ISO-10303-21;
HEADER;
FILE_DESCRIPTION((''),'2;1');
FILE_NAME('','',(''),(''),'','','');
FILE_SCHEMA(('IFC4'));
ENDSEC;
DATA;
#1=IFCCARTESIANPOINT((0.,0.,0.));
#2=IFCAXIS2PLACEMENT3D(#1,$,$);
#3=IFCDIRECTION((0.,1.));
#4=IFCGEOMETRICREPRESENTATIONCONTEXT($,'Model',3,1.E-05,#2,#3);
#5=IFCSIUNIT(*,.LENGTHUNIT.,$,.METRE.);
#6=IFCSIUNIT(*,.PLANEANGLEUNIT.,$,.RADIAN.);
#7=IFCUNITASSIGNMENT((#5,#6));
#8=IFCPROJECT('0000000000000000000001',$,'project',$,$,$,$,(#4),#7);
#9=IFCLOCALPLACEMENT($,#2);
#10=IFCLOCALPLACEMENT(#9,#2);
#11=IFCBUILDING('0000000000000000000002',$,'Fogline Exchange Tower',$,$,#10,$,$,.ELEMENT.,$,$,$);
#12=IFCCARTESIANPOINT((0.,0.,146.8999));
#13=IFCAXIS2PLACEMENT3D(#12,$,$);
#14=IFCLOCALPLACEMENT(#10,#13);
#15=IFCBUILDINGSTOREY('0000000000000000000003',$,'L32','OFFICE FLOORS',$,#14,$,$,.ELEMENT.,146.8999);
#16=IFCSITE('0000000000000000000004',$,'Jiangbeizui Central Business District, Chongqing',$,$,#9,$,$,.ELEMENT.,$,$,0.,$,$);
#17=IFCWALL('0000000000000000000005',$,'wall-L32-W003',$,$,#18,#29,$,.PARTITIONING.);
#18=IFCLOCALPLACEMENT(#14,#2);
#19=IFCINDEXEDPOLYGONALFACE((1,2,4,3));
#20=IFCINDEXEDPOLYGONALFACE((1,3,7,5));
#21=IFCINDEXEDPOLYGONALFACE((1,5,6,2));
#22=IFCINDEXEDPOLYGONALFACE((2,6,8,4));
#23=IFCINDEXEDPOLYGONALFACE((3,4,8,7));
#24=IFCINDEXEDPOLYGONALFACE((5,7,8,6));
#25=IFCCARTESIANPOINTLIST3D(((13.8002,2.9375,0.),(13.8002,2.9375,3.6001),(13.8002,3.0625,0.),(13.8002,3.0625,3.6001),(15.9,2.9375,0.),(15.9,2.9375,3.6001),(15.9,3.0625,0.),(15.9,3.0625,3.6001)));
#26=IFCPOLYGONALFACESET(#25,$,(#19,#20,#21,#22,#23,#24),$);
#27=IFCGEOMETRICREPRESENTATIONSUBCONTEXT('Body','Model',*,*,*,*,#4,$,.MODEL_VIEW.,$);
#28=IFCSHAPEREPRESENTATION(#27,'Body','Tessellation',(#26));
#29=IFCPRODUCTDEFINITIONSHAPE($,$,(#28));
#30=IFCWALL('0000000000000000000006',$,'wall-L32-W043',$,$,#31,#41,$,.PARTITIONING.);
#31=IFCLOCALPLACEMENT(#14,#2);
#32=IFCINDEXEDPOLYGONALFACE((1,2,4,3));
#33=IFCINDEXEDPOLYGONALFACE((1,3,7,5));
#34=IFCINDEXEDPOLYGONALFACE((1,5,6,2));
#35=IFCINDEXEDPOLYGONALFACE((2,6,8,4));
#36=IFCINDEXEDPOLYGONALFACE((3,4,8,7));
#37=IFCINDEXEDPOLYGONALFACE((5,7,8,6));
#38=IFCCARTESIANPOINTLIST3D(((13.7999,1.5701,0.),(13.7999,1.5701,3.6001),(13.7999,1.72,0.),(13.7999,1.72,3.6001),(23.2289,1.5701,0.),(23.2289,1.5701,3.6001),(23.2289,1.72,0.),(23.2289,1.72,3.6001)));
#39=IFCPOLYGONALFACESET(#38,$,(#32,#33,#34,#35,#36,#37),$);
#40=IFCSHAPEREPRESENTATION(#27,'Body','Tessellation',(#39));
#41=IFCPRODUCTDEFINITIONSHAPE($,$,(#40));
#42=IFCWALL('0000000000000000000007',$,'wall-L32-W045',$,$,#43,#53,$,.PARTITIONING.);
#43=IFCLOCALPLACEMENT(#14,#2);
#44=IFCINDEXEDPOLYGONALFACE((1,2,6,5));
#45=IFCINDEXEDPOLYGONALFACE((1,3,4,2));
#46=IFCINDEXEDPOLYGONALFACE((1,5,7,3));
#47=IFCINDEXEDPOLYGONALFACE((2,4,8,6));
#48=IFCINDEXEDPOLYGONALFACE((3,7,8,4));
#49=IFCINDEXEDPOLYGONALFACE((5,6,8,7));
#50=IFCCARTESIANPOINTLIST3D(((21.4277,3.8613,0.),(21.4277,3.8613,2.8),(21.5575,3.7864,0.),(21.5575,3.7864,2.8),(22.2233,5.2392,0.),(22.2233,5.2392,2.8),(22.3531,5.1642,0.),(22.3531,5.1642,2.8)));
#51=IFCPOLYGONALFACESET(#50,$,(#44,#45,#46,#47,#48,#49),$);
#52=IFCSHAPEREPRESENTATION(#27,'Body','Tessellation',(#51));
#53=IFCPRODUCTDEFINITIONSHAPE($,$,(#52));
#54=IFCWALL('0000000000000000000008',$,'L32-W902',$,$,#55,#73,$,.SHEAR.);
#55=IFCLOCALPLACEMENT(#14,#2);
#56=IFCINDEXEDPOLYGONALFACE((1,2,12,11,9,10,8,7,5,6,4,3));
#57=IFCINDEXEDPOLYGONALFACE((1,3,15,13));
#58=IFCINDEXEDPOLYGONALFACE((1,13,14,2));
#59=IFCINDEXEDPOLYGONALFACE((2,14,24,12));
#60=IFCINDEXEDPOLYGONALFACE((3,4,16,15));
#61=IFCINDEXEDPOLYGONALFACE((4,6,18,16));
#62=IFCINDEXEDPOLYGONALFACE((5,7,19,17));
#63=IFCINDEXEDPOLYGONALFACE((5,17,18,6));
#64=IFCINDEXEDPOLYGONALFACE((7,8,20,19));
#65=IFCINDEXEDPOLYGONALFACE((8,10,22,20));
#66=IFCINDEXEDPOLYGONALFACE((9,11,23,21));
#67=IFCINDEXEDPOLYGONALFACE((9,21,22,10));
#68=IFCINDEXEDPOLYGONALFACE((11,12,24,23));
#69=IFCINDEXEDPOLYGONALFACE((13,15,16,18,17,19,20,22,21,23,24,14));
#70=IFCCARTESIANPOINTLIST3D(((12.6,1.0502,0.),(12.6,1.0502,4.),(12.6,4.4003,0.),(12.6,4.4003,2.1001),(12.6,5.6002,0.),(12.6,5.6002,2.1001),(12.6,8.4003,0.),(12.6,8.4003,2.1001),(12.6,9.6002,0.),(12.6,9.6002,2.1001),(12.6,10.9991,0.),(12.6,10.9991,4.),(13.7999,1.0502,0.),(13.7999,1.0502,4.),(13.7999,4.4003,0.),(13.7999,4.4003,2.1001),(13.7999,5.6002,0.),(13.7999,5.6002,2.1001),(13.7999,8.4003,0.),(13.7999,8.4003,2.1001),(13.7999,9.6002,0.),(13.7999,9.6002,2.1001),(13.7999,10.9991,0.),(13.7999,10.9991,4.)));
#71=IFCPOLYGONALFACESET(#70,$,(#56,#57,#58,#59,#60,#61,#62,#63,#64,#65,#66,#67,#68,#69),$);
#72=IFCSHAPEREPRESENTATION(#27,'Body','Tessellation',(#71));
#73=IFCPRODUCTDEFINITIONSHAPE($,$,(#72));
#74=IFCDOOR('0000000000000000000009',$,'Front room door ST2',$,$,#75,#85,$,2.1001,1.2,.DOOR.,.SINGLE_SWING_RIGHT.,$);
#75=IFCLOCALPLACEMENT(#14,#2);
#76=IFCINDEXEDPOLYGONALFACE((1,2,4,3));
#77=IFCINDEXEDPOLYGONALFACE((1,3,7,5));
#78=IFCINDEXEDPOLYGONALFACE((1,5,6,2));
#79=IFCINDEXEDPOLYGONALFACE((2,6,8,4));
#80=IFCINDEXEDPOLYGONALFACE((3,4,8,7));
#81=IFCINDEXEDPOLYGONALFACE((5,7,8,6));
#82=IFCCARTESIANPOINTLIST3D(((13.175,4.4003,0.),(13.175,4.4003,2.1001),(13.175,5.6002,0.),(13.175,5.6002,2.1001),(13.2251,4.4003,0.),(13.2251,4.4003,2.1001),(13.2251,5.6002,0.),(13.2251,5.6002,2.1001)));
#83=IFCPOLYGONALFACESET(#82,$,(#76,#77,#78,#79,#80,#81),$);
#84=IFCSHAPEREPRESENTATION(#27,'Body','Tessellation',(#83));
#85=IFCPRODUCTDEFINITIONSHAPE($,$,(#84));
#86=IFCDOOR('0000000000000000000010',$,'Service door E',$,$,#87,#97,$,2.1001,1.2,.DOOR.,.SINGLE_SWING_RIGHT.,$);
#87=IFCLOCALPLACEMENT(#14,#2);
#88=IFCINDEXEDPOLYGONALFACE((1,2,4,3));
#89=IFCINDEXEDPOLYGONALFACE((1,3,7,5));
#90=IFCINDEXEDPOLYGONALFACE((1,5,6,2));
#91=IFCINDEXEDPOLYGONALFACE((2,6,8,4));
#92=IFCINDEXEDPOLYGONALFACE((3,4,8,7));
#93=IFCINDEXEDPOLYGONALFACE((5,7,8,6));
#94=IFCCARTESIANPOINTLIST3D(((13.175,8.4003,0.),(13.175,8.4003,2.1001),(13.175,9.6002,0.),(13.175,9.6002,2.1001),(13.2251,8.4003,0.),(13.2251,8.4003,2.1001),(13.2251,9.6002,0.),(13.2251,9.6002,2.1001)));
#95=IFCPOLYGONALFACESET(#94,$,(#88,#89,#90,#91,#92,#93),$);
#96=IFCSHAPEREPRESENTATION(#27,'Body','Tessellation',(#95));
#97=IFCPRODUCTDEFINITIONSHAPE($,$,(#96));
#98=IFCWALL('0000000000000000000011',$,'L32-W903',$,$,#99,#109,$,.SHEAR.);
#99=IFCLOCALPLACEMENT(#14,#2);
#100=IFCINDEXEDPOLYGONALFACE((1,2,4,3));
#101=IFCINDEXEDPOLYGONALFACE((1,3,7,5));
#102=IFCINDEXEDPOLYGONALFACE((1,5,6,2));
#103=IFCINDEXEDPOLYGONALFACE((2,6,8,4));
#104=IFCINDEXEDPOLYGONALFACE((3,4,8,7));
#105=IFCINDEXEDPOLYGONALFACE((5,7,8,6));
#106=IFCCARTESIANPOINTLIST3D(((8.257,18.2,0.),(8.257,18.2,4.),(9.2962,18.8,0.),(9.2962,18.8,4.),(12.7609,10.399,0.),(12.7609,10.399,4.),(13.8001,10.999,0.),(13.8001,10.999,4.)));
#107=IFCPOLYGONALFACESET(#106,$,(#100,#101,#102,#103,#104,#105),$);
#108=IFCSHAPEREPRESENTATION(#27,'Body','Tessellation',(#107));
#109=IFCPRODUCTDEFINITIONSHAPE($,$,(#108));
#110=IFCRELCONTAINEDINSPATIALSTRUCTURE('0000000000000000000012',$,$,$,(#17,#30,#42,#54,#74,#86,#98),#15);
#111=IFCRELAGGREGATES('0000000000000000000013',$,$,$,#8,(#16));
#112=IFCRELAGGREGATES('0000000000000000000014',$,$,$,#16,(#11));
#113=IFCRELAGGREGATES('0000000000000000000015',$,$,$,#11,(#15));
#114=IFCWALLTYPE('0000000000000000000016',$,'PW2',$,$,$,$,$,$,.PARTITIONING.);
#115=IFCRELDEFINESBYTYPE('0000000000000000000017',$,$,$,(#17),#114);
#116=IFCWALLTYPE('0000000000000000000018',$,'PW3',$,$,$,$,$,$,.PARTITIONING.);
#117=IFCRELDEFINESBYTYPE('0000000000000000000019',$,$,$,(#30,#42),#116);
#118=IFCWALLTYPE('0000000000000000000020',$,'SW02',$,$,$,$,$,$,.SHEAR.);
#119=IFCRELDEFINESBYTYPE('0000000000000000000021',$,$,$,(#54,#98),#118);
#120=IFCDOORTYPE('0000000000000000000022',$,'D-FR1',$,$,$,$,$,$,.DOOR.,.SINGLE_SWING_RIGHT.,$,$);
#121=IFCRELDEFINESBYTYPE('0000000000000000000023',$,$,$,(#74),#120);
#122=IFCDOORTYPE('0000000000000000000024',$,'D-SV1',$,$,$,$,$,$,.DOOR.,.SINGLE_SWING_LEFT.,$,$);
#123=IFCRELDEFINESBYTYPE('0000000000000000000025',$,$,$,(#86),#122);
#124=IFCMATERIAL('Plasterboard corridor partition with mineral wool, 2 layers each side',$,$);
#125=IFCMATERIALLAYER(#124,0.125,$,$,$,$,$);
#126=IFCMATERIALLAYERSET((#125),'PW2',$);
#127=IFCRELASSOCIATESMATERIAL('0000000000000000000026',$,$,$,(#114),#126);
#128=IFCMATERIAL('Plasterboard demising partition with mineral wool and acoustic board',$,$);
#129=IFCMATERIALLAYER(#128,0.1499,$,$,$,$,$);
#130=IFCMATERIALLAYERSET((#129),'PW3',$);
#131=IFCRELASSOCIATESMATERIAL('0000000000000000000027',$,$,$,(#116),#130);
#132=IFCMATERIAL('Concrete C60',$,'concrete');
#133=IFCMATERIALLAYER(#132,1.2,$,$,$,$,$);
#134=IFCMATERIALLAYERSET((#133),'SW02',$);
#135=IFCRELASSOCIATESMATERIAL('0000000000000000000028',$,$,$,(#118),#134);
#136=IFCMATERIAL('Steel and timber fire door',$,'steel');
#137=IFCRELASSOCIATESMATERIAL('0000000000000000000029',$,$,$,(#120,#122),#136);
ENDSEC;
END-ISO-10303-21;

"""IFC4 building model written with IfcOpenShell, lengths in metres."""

from ifc_helpers import new_model, si_unit, direction, frame, frame_2d, origin, place, context, subcontext, project, spatial, rectangle, extrude, material, layer, layer_set, type_object, element, fill, save


model = new_model("IFC4")

# Units and contexts
model_context = context("Model", 3, precision=1e-05, world=origin(), true_north=direction((0.0, 1.0)))
body_context = subcontext(model_context, "Body", "Model", "MODEL_VIEW")
ifc_project = project(units=[si_unit("LENGTHUNIT", "METRE"), si_unit("PLANEANGLEUNIT", "RADIAN")], contexts=[model_context])

# Site, building, storey
site_placement = place(None, origin())
site = spatial("IfcSite", under=ifc_project, at=site_placement, Name="Jiangbeizui Central Business District, Chongqing", CompositionType="ELEMENT", RefElevation=0.0)
building_placement = place(site_placement, origin())
building = spatial("IfcBuilding", under=site, at=building_placement, Name="Fogline Exchange Tower", CompositionType="ELEMENT")
storey_placement = place(building_placement, frame((0.0, 0.0, 146.8999)))
storey = spatial("IfcBuildingStorey", under=building, at=storey_placement, Name="L32", Description="OFFICE FLOORS", CompositionType="ELEMENT", Elevation=146.8999)

# Shared definitions
ifc_material_1 = material(Name="Steel and timber fire door", Category="steel")

# Walls
ifc_material_2 = material(Name="Plasterboard corridor partition with mineral wool, 2 layers each side")
ifc_layer_1 = layer(ifc_material_2, 0.125)
ifc_layer_set_1 = layer_set([ifc_layer_1], Name="PW2")
wall_type_1 = type_object("IfcWallType", Name="PW2", PredefinedType="PARTITIONING", material=ifc_layer_set_1)
wall_1_placement = place(storey_placement, frame((15.8999, 3.0, 0.0), z_axis=(0.0, 0.0, 1.0), x_axis=(-1.0, 0.0, 0.0)))
element("IfcWall", 1, at=wall_1_placement, inside=storey, type_object=wall_type_1, Name="wall-L32-W003", PredefinedType="PARTITIONING", context=body_context, shape_type="SweptSolid", body=[
    extrude(rectangle(XDim=2.0999, YDim=0.125, at=frame_2d((1.0498, 0.0))), origin(), (0.0, 0.0, 1.0), 3.6001),
])
ifc_material_3 = material(Name="Plasterboard demising partition with mineral wool and acoustic board")
ifc_layer_2 = layer(ifc_material_3, 0.1499)
ifc_layer_set_2 = layer_set([ifc_layer_2], Name="PW3")
wall_type_2 = type_object("IfcWallType", Name="PW3", PredefinedType="PARTITIONING", material=ifc_layer_set_2)
wall_2_placement = place(storey_placement, frame((13.8, 1.645, 0.0), z_axis=(0.0, 0.0, 1.0), x_axis=(1.0, 0.0, 0.0)))
element("IfcWall", 2, at=wall_2_placement, inside=storey, type_object=wall_type_2, Name="wall-L32-W043", PredefinedType="PARTITIONING", context=body_context, shape_type="SweptSolid", body=[
    extrude(rectangle(XDim=9.429, YDim=0.1499, at=frame_2d((4.7144, 0.0))), origin(), (0.0, 0.0, 1.0), 3.6001),
])
wall_3_placement = place(storey_placement, frame((21.4927, 3.824, 0.0), z_axis=(0.0, 0.0, 1.0), x_axis=(0.50005, 0.865996, 0.0)))
element("IfcWall", 3, at=wall_3_placement, inside=storey, type_object=wall_type_2, Name="wall-L32-W045", PredefinedType="PARTITIONING", context=body_context, shape_type="SweptSolid", body=[
    extrude(rectangle(XDim=1.5911, YDim=0.1499, at=frame_2d((0.7954, 0.0))), origin(), (0.0, 0.0, 1.0), 2.8),
])

# Wall, openings, doors
ifc_material_4 = material(Name="Concrete C60", Category="concrete")
ifc_layer_3 = layer(ifc_material_4, 1.2)
ifc_layer_set_3 = layer_set([ifc_layer_3], Name="SW02")
wall_type_3 = type_object("IfcWallType", Name="SW02", PredefinedType="SHEAR", material=ifc_layer_set_3)
wall_4_placement = place(storey_placement, frame((13.2, 1.05, 0.0), z_axis=(0.0, 0.0, 1.0), x_axis=(0.0, 1.0, 0.0)))
wall_4 = element("IfcWall", 4, at=wall_4_placement, inside=storey, type_object=wall_type_3, Name="L32-W902", PredefinedType="SHEAR", context=body_context, shape_type="SweptSolid", body=[
    extrude(rectangle(XDim=9.949, YDim=1.2, at=frame_2d((4.9746, 0.0))), origin(), (0.0, 0.0, 1.0), 4.0),
])
opening_1_placement = place(wall_4_placement, frame((3.3501, 0.0, 0.0)))
opening_1 = element("IfcOpeningElement", 5, at=opening_1_placement, cuts=wall_4, PredefinedType="OPENING", context=body_context, shape_type="SweptSolid", body=[
    extrude(rectangle(XDim=1.2, YDim=2.1001, at=frame_2d((0.6001, 1.05))), frame((0.0, 0.6099, 0.0), z_axis=(0.0, -1.0, 0.0), x_axis=(1.0, 0.0, 0.0)), (0.0, 0.0, 1.0), 1.22),
])
opening_2_placement = place(wall_4_placement, frame((7.3501, 0.0, 0.0)))
opening_2 = element("IfcOpeningElement", 6, at=opening_2_placement, cuts=wall_4, PredefinedType="OPENING", context=body_context, shape_type="SweptSolid", body=[
    extrude(rectangle(XDim=1.2, YDim=2.1001, at=frame_2d((0.6001, 1.05))), frame((0.0, 0.6099, 0.0), z_axis=(0.0, -1.0, 0.0), x_axis=(1.0, 0.0, 0.0)), (0.0, 0.0, 1.0), 1.22),
])
door_type_1 = type_object("IfcDoorType", Name="D-FR1", OperationType="SINGLE_SWING_RIGHT", PredefinedType="DOOR", material=ifc_material_1)
door_1_placement = place(opening_1_placement, origin())
door_1 = element("IfcDoor", 7, at=door_1_placement, inside=storey, type_object=door_type_1, Name="Front room door ST2", OperationType="SINGLE_SWING_RIGHT", OverallHeight=2.1001, OverallWidth=1.2, PredefinedType="DOOR", context=body_context, shape_type="SweptSolid", body=[
    extrude(rectangle(XDim=1.2, YDim=2.1001, at=frame_2d((0.6001, 1.05))), frame((0.0, 0.0249, 0.0), z_axis=(0.0, -1.0, 0.0), x_axis=(1.0, 0.0, 0.0)), (0.0, 0.0, 1.0), 0.05),
])
fill(opening_1, door_1)
door_type_2 = type_object("IfcDoorType", Name="D-SV1", OperationType="SINGLE_SWING_LEFT", PredefinedType="DOOR", material=ifc_material_1)
door_2_placement = place(opening_2_placement, origin())
door_2 = element("IfcDoor", 8, at=door_2_placement, inside=storey, type_object=door_type_2, Name="Service door E", OperationType="SINGLE_SWING_RIGHT", OverallHeight=2.1001, OverallWidth=1.2, PredefinedType="DOOR", context=body_context, shape_type="SweptSolid", body=[
    extrude(rectangle(XDim=1.2, YDim=2.1001, at=frame_2d((0.6001, 1.05))), frame((0.0, 0.0249, 0.0), z_axis=(0.0, -1.0, 0.0), x_axis=(1.0, 0.0, 0.0)), (0.0, 0.0, 1.0), 0.05),
])
fill(opening_2, door_2)

# Wall
wall_5_placement = place(storey_placement, frame((13.2805, 10.699, 0.0), z_axis=(0.0, 0.0, 1.0), x_axis=(-0.499999, 0.866026, 0.0)))
element("IfcWall", 9, at=wall_5_placement, inside=storey, type_object=wall_type_3, Name="L32-W903", PredefinedType="SHEAR", context=body_context, shape_type="SweptSolid", body=[
    extrude(rectangle(XDim=9.0078, YDim=1.2, at=frame_2d((4.5039, 0.0))), origin(), (0.0, 0.0, 1.0), 4.0),
])

save(model, "model.ifc")
